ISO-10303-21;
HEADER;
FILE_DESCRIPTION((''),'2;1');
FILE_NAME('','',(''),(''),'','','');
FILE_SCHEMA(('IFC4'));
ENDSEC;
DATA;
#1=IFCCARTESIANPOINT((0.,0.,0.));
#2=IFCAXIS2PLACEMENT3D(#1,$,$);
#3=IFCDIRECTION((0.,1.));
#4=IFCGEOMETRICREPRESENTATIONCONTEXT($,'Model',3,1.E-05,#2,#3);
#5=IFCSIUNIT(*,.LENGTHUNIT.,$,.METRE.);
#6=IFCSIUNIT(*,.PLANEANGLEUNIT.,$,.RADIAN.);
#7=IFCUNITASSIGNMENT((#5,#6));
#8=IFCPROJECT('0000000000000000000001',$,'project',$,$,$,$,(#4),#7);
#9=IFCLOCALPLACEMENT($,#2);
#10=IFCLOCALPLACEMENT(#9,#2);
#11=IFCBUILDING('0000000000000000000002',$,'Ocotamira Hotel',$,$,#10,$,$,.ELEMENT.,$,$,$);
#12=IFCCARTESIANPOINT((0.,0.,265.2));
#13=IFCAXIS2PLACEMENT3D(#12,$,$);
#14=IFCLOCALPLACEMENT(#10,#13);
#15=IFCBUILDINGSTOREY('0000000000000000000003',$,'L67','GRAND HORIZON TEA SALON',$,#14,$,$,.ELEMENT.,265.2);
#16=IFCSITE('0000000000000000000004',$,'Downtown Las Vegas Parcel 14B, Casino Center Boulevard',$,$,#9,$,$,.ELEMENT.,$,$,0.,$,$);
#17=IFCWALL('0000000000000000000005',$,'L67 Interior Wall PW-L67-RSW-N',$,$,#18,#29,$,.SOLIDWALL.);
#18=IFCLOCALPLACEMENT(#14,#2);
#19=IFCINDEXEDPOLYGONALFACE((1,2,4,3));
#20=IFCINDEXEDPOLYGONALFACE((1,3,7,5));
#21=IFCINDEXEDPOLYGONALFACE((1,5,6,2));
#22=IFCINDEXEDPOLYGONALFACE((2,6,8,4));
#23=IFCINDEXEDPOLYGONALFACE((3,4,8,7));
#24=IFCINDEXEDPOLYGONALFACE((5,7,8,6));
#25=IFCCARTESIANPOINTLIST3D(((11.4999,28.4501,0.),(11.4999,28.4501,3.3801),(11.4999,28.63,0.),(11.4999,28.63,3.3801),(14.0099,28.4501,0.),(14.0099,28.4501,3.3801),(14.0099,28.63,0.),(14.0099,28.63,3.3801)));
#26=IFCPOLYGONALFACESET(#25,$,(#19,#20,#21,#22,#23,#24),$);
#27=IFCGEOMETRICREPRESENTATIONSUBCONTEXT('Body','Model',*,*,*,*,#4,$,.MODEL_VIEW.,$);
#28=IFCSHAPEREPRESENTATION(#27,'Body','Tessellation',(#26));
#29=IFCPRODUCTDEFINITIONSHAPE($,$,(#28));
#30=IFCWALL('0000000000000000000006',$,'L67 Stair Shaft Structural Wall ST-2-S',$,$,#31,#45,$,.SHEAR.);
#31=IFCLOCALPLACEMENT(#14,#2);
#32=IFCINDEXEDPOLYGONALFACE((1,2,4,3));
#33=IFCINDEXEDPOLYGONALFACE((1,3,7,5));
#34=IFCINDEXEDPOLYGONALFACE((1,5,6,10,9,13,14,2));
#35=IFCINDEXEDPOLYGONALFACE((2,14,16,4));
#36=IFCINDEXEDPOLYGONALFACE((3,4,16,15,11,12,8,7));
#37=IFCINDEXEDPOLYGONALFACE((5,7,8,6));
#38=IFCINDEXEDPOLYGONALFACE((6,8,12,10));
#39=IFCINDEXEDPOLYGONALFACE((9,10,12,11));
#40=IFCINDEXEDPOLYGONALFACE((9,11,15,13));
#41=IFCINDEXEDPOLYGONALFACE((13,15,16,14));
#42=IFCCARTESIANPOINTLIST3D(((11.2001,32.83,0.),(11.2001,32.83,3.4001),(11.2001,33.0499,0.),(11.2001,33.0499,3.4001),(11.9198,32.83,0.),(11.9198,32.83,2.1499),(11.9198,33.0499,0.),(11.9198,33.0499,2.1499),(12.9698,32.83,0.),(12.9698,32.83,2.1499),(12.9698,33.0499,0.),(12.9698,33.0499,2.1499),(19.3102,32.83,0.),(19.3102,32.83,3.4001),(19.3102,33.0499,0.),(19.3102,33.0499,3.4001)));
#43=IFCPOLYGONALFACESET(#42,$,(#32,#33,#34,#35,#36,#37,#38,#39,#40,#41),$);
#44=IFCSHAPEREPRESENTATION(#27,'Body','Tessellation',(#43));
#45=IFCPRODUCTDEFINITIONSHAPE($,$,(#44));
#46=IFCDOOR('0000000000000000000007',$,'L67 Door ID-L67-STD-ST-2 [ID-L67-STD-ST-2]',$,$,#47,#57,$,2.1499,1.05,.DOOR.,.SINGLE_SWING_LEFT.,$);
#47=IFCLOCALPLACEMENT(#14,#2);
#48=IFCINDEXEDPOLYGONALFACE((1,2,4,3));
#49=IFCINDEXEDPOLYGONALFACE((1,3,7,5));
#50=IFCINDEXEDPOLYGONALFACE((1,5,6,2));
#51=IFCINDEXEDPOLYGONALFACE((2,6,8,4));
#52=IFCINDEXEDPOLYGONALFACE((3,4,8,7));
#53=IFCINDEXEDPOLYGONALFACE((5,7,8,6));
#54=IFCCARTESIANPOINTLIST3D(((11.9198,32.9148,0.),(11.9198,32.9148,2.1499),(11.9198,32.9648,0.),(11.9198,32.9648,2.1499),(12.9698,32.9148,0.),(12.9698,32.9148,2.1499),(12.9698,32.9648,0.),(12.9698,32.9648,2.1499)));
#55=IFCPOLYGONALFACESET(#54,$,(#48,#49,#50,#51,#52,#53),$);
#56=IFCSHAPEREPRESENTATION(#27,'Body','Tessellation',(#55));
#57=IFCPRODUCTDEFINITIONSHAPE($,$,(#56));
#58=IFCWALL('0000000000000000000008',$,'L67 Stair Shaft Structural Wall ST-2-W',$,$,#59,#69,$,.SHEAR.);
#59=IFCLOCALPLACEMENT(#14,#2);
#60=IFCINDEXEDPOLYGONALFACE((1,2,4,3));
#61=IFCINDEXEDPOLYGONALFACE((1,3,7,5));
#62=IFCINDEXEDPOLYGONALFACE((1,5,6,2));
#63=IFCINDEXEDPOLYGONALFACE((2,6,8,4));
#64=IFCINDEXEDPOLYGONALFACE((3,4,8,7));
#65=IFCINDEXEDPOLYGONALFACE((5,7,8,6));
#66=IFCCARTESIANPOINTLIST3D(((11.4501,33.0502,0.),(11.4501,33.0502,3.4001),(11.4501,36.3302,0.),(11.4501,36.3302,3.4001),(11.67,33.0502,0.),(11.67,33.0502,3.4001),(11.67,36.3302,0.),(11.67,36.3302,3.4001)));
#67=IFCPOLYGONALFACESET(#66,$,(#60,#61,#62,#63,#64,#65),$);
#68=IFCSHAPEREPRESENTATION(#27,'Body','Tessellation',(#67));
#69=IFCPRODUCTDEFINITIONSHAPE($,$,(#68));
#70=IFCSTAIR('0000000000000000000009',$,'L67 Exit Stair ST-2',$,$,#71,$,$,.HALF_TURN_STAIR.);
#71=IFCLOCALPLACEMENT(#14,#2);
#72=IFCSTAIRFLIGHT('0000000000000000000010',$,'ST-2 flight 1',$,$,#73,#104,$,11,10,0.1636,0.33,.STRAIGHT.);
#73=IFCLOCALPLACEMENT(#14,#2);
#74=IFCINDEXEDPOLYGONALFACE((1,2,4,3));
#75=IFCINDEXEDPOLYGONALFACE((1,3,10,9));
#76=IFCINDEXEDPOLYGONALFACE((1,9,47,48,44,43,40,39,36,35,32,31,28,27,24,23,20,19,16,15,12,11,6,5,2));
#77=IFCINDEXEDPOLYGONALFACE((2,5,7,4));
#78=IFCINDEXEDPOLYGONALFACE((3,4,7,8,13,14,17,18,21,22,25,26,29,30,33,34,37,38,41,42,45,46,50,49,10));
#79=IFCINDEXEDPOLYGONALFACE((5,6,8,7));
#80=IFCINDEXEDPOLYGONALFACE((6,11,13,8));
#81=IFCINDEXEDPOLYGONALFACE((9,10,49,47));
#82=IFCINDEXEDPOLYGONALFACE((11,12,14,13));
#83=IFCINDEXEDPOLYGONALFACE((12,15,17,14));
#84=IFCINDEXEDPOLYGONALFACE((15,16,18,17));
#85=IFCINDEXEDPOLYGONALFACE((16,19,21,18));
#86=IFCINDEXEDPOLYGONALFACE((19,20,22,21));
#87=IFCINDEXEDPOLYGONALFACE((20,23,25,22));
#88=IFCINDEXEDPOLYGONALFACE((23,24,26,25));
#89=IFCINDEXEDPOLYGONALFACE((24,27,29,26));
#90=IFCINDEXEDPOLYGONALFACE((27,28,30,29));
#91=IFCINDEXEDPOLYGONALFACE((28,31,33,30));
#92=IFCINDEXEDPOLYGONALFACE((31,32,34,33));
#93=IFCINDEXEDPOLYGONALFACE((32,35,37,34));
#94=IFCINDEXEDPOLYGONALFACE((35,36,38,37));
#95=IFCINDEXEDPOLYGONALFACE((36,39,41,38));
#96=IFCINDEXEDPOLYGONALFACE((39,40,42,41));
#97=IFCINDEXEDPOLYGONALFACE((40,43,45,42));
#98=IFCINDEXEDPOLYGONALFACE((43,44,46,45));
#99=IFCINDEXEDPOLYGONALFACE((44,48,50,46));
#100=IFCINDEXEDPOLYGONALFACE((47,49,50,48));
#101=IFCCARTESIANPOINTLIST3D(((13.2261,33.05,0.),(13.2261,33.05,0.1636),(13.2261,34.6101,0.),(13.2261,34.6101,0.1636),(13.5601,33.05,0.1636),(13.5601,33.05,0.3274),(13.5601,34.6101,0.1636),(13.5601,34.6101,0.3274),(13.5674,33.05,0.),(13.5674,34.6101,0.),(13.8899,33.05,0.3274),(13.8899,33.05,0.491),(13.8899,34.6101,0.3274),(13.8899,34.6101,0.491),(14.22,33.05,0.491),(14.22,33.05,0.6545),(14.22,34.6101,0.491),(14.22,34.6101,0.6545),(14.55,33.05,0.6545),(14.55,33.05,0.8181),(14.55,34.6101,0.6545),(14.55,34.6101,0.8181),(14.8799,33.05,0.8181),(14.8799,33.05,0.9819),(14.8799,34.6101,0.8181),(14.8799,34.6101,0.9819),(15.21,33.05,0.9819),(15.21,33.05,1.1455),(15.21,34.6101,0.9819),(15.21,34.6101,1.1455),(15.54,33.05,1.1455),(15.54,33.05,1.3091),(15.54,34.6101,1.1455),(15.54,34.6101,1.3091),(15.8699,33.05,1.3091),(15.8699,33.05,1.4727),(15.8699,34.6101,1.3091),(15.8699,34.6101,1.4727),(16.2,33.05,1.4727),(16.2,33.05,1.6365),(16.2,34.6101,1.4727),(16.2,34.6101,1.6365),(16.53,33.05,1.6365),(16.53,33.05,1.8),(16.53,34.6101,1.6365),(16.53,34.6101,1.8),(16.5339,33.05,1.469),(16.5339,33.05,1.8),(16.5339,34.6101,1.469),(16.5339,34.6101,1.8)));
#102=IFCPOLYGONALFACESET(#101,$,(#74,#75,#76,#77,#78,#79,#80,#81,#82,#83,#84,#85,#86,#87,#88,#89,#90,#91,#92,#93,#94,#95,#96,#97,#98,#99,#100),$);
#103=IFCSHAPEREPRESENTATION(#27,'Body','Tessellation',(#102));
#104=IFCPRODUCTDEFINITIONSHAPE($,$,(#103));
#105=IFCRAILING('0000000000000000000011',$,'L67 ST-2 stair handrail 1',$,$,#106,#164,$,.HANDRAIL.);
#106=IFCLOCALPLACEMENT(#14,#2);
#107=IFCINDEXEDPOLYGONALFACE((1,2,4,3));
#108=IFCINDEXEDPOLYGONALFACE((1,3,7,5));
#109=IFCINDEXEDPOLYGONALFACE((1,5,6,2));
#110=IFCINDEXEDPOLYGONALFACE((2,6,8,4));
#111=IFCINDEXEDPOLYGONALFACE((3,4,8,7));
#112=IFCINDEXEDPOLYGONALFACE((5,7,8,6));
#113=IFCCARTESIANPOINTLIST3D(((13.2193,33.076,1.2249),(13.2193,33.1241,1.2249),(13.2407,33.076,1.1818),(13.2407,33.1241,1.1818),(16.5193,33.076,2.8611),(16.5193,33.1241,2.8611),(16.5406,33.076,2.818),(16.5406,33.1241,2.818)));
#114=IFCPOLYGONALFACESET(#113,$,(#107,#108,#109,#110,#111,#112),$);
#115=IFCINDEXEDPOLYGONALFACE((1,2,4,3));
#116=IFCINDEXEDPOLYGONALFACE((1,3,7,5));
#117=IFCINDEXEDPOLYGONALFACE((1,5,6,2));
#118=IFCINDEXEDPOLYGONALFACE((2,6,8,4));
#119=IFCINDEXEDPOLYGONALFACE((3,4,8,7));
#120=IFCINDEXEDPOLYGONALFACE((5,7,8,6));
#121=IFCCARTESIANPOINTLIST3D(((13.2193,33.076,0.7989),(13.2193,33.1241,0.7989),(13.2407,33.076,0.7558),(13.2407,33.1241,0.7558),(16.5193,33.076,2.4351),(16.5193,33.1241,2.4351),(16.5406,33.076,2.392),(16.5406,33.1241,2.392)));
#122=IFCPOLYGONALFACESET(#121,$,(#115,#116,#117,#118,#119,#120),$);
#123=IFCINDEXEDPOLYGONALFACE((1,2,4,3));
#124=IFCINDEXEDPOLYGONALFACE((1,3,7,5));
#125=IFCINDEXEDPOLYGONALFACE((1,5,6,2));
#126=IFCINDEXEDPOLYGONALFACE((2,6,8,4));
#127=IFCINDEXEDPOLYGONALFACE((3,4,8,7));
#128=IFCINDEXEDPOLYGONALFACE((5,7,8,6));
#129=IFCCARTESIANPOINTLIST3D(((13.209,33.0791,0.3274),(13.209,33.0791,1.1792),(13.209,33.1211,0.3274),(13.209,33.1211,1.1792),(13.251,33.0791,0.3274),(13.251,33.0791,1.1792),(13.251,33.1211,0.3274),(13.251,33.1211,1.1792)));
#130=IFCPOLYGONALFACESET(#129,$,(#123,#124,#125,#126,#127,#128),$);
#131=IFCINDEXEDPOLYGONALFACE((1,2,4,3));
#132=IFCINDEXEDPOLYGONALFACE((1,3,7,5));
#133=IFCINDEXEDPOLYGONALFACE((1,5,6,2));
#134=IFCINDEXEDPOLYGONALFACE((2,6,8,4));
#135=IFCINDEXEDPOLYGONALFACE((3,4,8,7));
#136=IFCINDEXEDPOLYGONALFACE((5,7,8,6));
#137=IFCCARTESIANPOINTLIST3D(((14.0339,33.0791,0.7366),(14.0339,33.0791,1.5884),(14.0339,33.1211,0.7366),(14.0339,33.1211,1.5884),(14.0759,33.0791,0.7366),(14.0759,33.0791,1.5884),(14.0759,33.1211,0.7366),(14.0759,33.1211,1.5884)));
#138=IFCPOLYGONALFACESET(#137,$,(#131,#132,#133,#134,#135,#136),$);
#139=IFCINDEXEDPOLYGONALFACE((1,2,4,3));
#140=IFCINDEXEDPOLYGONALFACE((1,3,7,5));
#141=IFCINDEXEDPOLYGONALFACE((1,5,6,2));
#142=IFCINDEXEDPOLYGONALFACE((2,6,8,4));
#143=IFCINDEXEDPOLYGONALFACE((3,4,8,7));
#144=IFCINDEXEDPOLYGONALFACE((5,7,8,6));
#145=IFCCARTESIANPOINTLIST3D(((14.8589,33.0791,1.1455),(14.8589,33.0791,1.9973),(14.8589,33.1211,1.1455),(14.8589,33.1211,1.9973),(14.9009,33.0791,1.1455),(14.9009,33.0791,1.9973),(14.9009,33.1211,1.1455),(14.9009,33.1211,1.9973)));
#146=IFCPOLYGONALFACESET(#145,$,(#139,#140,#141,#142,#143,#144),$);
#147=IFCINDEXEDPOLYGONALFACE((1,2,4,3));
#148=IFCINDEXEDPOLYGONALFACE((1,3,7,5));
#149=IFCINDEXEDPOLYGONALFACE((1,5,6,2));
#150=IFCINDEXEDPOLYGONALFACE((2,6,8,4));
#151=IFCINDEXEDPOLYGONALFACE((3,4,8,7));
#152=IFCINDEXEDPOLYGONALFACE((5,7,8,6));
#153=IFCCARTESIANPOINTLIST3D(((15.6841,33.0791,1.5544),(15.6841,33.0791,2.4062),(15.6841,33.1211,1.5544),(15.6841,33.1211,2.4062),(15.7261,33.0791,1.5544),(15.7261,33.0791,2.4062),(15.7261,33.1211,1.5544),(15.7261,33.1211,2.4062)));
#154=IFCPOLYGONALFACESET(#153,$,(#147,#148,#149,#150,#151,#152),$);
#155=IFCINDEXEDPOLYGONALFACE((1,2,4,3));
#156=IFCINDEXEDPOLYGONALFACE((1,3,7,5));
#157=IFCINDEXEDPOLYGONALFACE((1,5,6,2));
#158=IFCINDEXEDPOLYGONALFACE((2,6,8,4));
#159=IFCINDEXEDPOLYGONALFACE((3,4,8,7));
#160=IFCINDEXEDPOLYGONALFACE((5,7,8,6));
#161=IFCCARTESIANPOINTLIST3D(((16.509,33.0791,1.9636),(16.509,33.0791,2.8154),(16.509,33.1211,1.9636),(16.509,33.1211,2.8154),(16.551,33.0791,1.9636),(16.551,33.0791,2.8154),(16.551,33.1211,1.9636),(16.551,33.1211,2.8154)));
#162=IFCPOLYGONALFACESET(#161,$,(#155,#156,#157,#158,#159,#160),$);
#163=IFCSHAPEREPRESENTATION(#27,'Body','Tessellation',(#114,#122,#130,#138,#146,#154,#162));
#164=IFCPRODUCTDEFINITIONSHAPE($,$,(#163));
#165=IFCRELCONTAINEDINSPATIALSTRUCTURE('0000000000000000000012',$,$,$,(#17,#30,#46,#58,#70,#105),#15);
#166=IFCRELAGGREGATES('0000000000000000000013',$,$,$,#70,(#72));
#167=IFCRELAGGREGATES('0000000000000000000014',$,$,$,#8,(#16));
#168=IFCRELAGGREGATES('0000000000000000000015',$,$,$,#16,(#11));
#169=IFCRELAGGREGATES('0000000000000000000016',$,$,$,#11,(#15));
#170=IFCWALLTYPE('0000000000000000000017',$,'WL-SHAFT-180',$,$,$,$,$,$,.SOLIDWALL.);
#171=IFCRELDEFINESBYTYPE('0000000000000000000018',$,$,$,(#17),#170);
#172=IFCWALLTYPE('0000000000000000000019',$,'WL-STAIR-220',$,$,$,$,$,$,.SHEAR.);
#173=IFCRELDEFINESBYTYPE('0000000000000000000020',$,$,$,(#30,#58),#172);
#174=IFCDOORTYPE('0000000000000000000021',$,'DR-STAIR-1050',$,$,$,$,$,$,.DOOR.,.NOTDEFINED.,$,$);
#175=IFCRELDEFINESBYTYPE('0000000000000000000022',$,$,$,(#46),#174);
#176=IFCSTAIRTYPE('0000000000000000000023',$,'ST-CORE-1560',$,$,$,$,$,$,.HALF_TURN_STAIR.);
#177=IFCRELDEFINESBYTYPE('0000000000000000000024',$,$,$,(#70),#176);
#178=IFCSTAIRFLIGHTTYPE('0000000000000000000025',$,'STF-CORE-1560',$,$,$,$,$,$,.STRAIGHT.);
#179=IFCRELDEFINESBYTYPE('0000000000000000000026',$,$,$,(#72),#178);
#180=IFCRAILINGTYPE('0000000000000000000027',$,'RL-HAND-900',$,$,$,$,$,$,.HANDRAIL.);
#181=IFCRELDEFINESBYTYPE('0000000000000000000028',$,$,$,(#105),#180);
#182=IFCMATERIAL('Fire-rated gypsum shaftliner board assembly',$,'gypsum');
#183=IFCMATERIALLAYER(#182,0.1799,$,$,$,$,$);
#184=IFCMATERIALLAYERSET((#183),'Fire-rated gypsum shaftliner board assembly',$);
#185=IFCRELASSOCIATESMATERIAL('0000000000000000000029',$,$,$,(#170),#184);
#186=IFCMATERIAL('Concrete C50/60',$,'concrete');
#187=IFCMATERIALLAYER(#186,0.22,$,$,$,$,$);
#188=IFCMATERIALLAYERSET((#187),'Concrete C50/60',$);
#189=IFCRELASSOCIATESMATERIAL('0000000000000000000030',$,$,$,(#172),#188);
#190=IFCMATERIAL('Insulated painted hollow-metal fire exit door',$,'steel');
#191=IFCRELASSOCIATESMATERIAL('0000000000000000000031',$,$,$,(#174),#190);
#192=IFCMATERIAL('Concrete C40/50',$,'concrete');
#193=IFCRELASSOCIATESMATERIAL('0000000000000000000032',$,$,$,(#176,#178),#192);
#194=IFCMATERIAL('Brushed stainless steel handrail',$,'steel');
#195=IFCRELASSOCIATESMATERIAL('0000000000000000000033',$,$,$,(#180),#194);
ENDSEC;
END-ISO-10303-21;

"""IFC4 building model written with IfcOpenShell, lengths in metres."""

from ifc_helpers import new_model, si_unit, direction, frame, frame_2d, origin, origin_2d, place, context, subcontext, project, spatial, polyline, rectangle, outline, extrude, source, transform, mapped, material, layer, layer_set, type_object, element, fill, aggregate, save


model = new_model("IFC4")

# Units and contexts
model_context = context("Model", 3, precision=1e-05, world=origin(), true_north=direction((0.0, 1.0)))
body_context = subcontext(model_context, "Body", "Model", "MODEL_VIEW")
ifc_project = project(units=[si_unit("LENGTHUNIT", "METRE"), si_unit("PLANEANGLEUNIT", "RADIAN")], contexts=[model_context])

# Site, building, storey
site_placement = place(None, origin())
site = spatial("IfcSite", under=ifc_project, at=site_placement, Name="Downtown Las Vegas Parcel 14B, Casino Center Boulevard", CompositionType="ELEMENT", RefElevation=0.0)
building_placement = place(site_placement, origin())
building = spatial("IfcBuilding", under=site, at=building_placement, Name="Ocotamira Hotel", CompositionType="ELEMENT")
storey_placement = place(building_placement, frame((0.0, 0.0, 265.2)))
storey = spatial("IfcBuildingStorey", under=building, at=storey_placement, Name="L67", Description="GRAND HORIZON TEA SALON", CompositionType="ELEMENT", Elevation=265.2)

# Wall
ifc_material_1 = material(Name="Fire-rated gypsum shaftliner board assembly", Category="gypsum")
ifc_layer_1 = layer(ifc_material_1, 0.1799)
ifc_layer_set_1 = layer_set([ifc_layer_1], Name="Fire-rated gypsum shaftliner board assembly")
wall_type_1 = type_object("IfcWallType", Name="WL-SHAFT-180", PredefinedType="SOLIDWALL", material=ifc_layer_set_1)
for number, where, z_axis, x_axis, name in (
    (1, (11.5, 28.54, 0.0), (0.0, 0.0, 1.0), (1.0, 0.0, 0.0), "L67 Interior Wall PW-L67-RSW-N"),
):
    element("IfcWall", number, at=place(storey_placement, frame(where, z_axis=z_axis, x_axis=x_axis)), inside=storey, type_object=wall_type_1, Name=name, PredefinedType="SOLIDWALL", context=body_context, shape_type="SweptSolid", body=[
        extrude(rectangle(XDim=2.51, YDim=0.1799, at=frame_2d((1.2549, 0.0))), origin(), (0.0, 0.0, 1.0), 3.3801),
    ])

# Wall, opening, door
ifc_material_2 = material(Name="Concrete C50/60", Category="concrete")
ifc_layer_2 = layer(ifc_material_2, 0.22)
ifc_layer_set_2 = layer_set([ifc_layer_2], Name="Concrete C50/60")
wall_type_2 = type_object("IfcWallType", Name="WL-STAIR-220", PredefinedType="SHEAR", material=ifc_layer_set_2)
wall_1_placement = place(storey_placement, frame((11.2, 32.9399, 0.0), z_axis=(0.0, 0.0, 1.0), x_axis=(1.0, 0.0, 0.0)))
wall_1 = element("IfcWall", 2, at=wall_1_placement, inside=storey, type_object=wall_type_2, Name="L67 Stair Shaft Structural Wall ST-2-S", PredefinedType="SHEAR", context=body_context, shape_type="SweptSolid", body=[
    extrude(rectangle(XDim=8.1101, YDim=0.22, at=frame_2d((4.0552, 0.0))), origin(), (0.0, 0.0, 1.0), 3.4001),
])
opening_1_placement = place(wall_1_placement, frame((0.72, 0.0, 0.0)))
opening_1 = element("IfcOpeningElement", 3, at=opening_1_placement, cuts=wall_1, PredefinedType="OPENING", context=body_context, shape_type="SweptSolid", body=[
    extrude(rectangle(XDim=1.05, YDim=2.1499, at=frame_2d((0.5249, 1.075))), frame((0.0, 0.1201, 0.0), z_axis=(0.0, -1.0, 0.0), x_axis=(1.0, 0.0, 0.0)), (0.0, 0.0, 1.0), 0.24),
])
ifc_material_3 = material(Name="Insulated painted hollow-metal fire exit door", Category="steel")
door_type_1 = type_object("IfcDoorType", Name="DR-STAIR-1050", OperationType="NOTDEFINED", PredefinedType="DOOR", material=ifc_material_3)
shared_shape_1 = source(origin(), body_context, "Body", "SweptSolid", [
    extrude(rectangle(XDim=1.05, YDim=2.1499, at=frame_2d((0.5249, 1.075))), frame((0.0, 0.0249, 0.0), z_axis=(0.0, -1.0, 0.0), x_axis=(1.0, 0.0, 0.0)), (0.0, 0.0, 1.0), 0.05),
])
door_1_placement = place(opening_1_placement, origin())
door_1 = element("IfcDoor", 4, at=door_1_placement, inside=storey, type_object=door_type_1, Name="L67 Door ID-L67-STD-ST-2 [ID-L67-STD-ST-2]", OperationType="SINGLE_SWING_LEFT", OverallHeight=2.1499, OverallWidth=1.05, PredefinedType="DOOR", context=body_context, shape_type="MappedRepresentation", body=[
    mapped(shared_shape_1, transform((0.0, 0.0, 0.0), scale=1.0)),
])
fill(opening_1, door_1)

# Wall
wall_2_placement = place(storey_placement, frame((11.5601, 33.05, 0.0), z_axis=(0.0, 0.0, 1.0), x_axis=(0.0, 1.0, 0.0)))
element("IfcWall", 5, at=wall_2_placement, inside=storey, type_object=wall_type_2, Name="L67 Stair Shaft Structural Wall ST-2-W", PredefinedType="SHEAR", context=body_context, shape_type="SweptSolid", body=[
    extrude(rectangle(XDim=3.28, YDim=0.22, at=frame_2d((1.6401, 0.0))), origin(), (0.0, 0.0, 1.0), 3.4001),
])

# Stair, stair flight
ifc_material_4 = material(Name="Concrete C40/50", Category="concrete")
stair_type = type_object("IfcStairType", Name="ST-CORE-1560", PredefinedType="HALF_TURN_STAIR", material=ifc_material_4)
stair_placement = place(storey_placement, origin())
stair = element("IfcStair", 6, at=stair_placement, inside=storey, type_object=stair_type, Name="L67 Exit Stair ST-2", PredefinedType="HALF_TURN_STAIR")
stair_flight_type = type_object("IfcStairFlightType", Name="STF-CORE-1560", PredefinedType="STRAIGHT", material=ifc_material_4)
shared_shape_2 = source(origin(), body_context, "Body", "SweptSolid", [
    extrude(outline(polyline([(-0.0039, 0.0), (-0.0039, 0.1636), (0.3301, 0.1636), (0.3301, 0.3274), (0.6599, 0.3274), (0.6599, 0.491), (0.99, 0.491), (0.99, 0.6545), (1.3201, 0.6545), (1.3201, 0.8181), (1.6499, 0.8181), (1.6499, 0.9819), (1.98, 0.9819), (1.98, 1.1455), (2.3101, 1.1455), (2.3101, 1.3091), (2.6399, 1.3091), (2.6399, 1.4727), (2.97, 1.4727), (2.97, 1.6365), (3.3, 1.6365), (3.3, 1.8), (3.304, 1.8), (3.304, 1.469), (0.3374, 0.0), (-0.0039, 0.0)])), frame((0.0, 0.78, 0.0), z_axis=(0.0, -1.0, 0.0), x_axis=(1.0, 0.0, 0.0)), (0.0, 0.0, 1.0), 1.5601),
])
stair_flight_placement = place(storey_placement, frame((13.23, 33.8301, 0.0), z_axis=(0.0, 0.0, 1.0), x_axis=(1.0, 0.0, 0.0)))
stair_flight = element("IfcStairFlight", 7, at=stair_flight_placement, type_object=stair_flight_type, Name="ST-2 flight 1", NumberOfRisers=11, NumberOfTreads=10, PredefinedType="STRAIGHT", RiserHeight=0.1636, TreadLength=0.33, context=body_context, shape_type="MappedRepresentation", body=[
    mapped(shared_shape_2, transform((0.0, 0.0, 0.0), scale=1.0)),
])
aggregate(stair, [stair_flight])

# Railing
ifc_material_5 = material(Name="Brushed stainless steel handrail", Category="steel")
railing_type_1 = type_object("IfcRailingType", Name="RL-HAND-900", PredefinedType="HANDRAIL", material=ifc_material_5)
railing_1_placement = place(storey_placement, frame((13.23, 33.1001, 0.3274)))
element("IfcRailing", 8, at=railing_1_placement, inside=storey, type_object=railing_type_1, Name="L67 ST-2 stair handrail 1", PredefinedType="HANDRAIL", context=body_context, shape_type="SweptSolid", body=[
    extrude(rectangle(XDim=0.0481, YDim=0.0481, at=origin_2d()), frame((0.0, 0.0, 0.876), z_axis=(0.89592, 0.0, 0.444215), x_axis=(0.0, 1.0, 0.0)), (0.0, 0.0, 1.0), 3.6833),
    extrude(rectangle(XDim=0.0481, YDim=0.0481, at=origin_2d()), frame((0.0, 0.0, 0.45), z_axis=(0.89592, 0.0, 0.444215), x_axis=(0.0, 1.0, 0.0)), (0.0, 0.0, 1.0), 3.6833),
    extrude(rectangle(XDim=0.042, YDim=0.042, at=origin_2d()), origin(), (0.0, 0.0, 1.0), 0.8518),
    extrude(rectangle(XDim=0.042, YDim=0.042, at=origin_2d()), frame((0.825, 0.0, 0.4092)), (0.0, 0.0, 1.0), 0.8518),
    extrude(rectangle(XDim=0.042, YDim=0.042, at=origin_2d()), frame((1.6499, 0.0, 0.8181)), (0.0, 0.0, 1.0), 0.8518),
    extrude(rectangle(XDim=0.042, YDim=0.042, at=origin_2d()), frame((2.4751, 0.0, 1.2271)), (0.0, 0.0, 1.0), 0.8518),
    extrude(rectangle(XDim=0.042, YDim=0.042, at=origin_2d()), frame((3.3, 0.0, 1.6362)), (0.0, 0.0, 1.0), 0.8518),
])

save(model, "model.ifc")
